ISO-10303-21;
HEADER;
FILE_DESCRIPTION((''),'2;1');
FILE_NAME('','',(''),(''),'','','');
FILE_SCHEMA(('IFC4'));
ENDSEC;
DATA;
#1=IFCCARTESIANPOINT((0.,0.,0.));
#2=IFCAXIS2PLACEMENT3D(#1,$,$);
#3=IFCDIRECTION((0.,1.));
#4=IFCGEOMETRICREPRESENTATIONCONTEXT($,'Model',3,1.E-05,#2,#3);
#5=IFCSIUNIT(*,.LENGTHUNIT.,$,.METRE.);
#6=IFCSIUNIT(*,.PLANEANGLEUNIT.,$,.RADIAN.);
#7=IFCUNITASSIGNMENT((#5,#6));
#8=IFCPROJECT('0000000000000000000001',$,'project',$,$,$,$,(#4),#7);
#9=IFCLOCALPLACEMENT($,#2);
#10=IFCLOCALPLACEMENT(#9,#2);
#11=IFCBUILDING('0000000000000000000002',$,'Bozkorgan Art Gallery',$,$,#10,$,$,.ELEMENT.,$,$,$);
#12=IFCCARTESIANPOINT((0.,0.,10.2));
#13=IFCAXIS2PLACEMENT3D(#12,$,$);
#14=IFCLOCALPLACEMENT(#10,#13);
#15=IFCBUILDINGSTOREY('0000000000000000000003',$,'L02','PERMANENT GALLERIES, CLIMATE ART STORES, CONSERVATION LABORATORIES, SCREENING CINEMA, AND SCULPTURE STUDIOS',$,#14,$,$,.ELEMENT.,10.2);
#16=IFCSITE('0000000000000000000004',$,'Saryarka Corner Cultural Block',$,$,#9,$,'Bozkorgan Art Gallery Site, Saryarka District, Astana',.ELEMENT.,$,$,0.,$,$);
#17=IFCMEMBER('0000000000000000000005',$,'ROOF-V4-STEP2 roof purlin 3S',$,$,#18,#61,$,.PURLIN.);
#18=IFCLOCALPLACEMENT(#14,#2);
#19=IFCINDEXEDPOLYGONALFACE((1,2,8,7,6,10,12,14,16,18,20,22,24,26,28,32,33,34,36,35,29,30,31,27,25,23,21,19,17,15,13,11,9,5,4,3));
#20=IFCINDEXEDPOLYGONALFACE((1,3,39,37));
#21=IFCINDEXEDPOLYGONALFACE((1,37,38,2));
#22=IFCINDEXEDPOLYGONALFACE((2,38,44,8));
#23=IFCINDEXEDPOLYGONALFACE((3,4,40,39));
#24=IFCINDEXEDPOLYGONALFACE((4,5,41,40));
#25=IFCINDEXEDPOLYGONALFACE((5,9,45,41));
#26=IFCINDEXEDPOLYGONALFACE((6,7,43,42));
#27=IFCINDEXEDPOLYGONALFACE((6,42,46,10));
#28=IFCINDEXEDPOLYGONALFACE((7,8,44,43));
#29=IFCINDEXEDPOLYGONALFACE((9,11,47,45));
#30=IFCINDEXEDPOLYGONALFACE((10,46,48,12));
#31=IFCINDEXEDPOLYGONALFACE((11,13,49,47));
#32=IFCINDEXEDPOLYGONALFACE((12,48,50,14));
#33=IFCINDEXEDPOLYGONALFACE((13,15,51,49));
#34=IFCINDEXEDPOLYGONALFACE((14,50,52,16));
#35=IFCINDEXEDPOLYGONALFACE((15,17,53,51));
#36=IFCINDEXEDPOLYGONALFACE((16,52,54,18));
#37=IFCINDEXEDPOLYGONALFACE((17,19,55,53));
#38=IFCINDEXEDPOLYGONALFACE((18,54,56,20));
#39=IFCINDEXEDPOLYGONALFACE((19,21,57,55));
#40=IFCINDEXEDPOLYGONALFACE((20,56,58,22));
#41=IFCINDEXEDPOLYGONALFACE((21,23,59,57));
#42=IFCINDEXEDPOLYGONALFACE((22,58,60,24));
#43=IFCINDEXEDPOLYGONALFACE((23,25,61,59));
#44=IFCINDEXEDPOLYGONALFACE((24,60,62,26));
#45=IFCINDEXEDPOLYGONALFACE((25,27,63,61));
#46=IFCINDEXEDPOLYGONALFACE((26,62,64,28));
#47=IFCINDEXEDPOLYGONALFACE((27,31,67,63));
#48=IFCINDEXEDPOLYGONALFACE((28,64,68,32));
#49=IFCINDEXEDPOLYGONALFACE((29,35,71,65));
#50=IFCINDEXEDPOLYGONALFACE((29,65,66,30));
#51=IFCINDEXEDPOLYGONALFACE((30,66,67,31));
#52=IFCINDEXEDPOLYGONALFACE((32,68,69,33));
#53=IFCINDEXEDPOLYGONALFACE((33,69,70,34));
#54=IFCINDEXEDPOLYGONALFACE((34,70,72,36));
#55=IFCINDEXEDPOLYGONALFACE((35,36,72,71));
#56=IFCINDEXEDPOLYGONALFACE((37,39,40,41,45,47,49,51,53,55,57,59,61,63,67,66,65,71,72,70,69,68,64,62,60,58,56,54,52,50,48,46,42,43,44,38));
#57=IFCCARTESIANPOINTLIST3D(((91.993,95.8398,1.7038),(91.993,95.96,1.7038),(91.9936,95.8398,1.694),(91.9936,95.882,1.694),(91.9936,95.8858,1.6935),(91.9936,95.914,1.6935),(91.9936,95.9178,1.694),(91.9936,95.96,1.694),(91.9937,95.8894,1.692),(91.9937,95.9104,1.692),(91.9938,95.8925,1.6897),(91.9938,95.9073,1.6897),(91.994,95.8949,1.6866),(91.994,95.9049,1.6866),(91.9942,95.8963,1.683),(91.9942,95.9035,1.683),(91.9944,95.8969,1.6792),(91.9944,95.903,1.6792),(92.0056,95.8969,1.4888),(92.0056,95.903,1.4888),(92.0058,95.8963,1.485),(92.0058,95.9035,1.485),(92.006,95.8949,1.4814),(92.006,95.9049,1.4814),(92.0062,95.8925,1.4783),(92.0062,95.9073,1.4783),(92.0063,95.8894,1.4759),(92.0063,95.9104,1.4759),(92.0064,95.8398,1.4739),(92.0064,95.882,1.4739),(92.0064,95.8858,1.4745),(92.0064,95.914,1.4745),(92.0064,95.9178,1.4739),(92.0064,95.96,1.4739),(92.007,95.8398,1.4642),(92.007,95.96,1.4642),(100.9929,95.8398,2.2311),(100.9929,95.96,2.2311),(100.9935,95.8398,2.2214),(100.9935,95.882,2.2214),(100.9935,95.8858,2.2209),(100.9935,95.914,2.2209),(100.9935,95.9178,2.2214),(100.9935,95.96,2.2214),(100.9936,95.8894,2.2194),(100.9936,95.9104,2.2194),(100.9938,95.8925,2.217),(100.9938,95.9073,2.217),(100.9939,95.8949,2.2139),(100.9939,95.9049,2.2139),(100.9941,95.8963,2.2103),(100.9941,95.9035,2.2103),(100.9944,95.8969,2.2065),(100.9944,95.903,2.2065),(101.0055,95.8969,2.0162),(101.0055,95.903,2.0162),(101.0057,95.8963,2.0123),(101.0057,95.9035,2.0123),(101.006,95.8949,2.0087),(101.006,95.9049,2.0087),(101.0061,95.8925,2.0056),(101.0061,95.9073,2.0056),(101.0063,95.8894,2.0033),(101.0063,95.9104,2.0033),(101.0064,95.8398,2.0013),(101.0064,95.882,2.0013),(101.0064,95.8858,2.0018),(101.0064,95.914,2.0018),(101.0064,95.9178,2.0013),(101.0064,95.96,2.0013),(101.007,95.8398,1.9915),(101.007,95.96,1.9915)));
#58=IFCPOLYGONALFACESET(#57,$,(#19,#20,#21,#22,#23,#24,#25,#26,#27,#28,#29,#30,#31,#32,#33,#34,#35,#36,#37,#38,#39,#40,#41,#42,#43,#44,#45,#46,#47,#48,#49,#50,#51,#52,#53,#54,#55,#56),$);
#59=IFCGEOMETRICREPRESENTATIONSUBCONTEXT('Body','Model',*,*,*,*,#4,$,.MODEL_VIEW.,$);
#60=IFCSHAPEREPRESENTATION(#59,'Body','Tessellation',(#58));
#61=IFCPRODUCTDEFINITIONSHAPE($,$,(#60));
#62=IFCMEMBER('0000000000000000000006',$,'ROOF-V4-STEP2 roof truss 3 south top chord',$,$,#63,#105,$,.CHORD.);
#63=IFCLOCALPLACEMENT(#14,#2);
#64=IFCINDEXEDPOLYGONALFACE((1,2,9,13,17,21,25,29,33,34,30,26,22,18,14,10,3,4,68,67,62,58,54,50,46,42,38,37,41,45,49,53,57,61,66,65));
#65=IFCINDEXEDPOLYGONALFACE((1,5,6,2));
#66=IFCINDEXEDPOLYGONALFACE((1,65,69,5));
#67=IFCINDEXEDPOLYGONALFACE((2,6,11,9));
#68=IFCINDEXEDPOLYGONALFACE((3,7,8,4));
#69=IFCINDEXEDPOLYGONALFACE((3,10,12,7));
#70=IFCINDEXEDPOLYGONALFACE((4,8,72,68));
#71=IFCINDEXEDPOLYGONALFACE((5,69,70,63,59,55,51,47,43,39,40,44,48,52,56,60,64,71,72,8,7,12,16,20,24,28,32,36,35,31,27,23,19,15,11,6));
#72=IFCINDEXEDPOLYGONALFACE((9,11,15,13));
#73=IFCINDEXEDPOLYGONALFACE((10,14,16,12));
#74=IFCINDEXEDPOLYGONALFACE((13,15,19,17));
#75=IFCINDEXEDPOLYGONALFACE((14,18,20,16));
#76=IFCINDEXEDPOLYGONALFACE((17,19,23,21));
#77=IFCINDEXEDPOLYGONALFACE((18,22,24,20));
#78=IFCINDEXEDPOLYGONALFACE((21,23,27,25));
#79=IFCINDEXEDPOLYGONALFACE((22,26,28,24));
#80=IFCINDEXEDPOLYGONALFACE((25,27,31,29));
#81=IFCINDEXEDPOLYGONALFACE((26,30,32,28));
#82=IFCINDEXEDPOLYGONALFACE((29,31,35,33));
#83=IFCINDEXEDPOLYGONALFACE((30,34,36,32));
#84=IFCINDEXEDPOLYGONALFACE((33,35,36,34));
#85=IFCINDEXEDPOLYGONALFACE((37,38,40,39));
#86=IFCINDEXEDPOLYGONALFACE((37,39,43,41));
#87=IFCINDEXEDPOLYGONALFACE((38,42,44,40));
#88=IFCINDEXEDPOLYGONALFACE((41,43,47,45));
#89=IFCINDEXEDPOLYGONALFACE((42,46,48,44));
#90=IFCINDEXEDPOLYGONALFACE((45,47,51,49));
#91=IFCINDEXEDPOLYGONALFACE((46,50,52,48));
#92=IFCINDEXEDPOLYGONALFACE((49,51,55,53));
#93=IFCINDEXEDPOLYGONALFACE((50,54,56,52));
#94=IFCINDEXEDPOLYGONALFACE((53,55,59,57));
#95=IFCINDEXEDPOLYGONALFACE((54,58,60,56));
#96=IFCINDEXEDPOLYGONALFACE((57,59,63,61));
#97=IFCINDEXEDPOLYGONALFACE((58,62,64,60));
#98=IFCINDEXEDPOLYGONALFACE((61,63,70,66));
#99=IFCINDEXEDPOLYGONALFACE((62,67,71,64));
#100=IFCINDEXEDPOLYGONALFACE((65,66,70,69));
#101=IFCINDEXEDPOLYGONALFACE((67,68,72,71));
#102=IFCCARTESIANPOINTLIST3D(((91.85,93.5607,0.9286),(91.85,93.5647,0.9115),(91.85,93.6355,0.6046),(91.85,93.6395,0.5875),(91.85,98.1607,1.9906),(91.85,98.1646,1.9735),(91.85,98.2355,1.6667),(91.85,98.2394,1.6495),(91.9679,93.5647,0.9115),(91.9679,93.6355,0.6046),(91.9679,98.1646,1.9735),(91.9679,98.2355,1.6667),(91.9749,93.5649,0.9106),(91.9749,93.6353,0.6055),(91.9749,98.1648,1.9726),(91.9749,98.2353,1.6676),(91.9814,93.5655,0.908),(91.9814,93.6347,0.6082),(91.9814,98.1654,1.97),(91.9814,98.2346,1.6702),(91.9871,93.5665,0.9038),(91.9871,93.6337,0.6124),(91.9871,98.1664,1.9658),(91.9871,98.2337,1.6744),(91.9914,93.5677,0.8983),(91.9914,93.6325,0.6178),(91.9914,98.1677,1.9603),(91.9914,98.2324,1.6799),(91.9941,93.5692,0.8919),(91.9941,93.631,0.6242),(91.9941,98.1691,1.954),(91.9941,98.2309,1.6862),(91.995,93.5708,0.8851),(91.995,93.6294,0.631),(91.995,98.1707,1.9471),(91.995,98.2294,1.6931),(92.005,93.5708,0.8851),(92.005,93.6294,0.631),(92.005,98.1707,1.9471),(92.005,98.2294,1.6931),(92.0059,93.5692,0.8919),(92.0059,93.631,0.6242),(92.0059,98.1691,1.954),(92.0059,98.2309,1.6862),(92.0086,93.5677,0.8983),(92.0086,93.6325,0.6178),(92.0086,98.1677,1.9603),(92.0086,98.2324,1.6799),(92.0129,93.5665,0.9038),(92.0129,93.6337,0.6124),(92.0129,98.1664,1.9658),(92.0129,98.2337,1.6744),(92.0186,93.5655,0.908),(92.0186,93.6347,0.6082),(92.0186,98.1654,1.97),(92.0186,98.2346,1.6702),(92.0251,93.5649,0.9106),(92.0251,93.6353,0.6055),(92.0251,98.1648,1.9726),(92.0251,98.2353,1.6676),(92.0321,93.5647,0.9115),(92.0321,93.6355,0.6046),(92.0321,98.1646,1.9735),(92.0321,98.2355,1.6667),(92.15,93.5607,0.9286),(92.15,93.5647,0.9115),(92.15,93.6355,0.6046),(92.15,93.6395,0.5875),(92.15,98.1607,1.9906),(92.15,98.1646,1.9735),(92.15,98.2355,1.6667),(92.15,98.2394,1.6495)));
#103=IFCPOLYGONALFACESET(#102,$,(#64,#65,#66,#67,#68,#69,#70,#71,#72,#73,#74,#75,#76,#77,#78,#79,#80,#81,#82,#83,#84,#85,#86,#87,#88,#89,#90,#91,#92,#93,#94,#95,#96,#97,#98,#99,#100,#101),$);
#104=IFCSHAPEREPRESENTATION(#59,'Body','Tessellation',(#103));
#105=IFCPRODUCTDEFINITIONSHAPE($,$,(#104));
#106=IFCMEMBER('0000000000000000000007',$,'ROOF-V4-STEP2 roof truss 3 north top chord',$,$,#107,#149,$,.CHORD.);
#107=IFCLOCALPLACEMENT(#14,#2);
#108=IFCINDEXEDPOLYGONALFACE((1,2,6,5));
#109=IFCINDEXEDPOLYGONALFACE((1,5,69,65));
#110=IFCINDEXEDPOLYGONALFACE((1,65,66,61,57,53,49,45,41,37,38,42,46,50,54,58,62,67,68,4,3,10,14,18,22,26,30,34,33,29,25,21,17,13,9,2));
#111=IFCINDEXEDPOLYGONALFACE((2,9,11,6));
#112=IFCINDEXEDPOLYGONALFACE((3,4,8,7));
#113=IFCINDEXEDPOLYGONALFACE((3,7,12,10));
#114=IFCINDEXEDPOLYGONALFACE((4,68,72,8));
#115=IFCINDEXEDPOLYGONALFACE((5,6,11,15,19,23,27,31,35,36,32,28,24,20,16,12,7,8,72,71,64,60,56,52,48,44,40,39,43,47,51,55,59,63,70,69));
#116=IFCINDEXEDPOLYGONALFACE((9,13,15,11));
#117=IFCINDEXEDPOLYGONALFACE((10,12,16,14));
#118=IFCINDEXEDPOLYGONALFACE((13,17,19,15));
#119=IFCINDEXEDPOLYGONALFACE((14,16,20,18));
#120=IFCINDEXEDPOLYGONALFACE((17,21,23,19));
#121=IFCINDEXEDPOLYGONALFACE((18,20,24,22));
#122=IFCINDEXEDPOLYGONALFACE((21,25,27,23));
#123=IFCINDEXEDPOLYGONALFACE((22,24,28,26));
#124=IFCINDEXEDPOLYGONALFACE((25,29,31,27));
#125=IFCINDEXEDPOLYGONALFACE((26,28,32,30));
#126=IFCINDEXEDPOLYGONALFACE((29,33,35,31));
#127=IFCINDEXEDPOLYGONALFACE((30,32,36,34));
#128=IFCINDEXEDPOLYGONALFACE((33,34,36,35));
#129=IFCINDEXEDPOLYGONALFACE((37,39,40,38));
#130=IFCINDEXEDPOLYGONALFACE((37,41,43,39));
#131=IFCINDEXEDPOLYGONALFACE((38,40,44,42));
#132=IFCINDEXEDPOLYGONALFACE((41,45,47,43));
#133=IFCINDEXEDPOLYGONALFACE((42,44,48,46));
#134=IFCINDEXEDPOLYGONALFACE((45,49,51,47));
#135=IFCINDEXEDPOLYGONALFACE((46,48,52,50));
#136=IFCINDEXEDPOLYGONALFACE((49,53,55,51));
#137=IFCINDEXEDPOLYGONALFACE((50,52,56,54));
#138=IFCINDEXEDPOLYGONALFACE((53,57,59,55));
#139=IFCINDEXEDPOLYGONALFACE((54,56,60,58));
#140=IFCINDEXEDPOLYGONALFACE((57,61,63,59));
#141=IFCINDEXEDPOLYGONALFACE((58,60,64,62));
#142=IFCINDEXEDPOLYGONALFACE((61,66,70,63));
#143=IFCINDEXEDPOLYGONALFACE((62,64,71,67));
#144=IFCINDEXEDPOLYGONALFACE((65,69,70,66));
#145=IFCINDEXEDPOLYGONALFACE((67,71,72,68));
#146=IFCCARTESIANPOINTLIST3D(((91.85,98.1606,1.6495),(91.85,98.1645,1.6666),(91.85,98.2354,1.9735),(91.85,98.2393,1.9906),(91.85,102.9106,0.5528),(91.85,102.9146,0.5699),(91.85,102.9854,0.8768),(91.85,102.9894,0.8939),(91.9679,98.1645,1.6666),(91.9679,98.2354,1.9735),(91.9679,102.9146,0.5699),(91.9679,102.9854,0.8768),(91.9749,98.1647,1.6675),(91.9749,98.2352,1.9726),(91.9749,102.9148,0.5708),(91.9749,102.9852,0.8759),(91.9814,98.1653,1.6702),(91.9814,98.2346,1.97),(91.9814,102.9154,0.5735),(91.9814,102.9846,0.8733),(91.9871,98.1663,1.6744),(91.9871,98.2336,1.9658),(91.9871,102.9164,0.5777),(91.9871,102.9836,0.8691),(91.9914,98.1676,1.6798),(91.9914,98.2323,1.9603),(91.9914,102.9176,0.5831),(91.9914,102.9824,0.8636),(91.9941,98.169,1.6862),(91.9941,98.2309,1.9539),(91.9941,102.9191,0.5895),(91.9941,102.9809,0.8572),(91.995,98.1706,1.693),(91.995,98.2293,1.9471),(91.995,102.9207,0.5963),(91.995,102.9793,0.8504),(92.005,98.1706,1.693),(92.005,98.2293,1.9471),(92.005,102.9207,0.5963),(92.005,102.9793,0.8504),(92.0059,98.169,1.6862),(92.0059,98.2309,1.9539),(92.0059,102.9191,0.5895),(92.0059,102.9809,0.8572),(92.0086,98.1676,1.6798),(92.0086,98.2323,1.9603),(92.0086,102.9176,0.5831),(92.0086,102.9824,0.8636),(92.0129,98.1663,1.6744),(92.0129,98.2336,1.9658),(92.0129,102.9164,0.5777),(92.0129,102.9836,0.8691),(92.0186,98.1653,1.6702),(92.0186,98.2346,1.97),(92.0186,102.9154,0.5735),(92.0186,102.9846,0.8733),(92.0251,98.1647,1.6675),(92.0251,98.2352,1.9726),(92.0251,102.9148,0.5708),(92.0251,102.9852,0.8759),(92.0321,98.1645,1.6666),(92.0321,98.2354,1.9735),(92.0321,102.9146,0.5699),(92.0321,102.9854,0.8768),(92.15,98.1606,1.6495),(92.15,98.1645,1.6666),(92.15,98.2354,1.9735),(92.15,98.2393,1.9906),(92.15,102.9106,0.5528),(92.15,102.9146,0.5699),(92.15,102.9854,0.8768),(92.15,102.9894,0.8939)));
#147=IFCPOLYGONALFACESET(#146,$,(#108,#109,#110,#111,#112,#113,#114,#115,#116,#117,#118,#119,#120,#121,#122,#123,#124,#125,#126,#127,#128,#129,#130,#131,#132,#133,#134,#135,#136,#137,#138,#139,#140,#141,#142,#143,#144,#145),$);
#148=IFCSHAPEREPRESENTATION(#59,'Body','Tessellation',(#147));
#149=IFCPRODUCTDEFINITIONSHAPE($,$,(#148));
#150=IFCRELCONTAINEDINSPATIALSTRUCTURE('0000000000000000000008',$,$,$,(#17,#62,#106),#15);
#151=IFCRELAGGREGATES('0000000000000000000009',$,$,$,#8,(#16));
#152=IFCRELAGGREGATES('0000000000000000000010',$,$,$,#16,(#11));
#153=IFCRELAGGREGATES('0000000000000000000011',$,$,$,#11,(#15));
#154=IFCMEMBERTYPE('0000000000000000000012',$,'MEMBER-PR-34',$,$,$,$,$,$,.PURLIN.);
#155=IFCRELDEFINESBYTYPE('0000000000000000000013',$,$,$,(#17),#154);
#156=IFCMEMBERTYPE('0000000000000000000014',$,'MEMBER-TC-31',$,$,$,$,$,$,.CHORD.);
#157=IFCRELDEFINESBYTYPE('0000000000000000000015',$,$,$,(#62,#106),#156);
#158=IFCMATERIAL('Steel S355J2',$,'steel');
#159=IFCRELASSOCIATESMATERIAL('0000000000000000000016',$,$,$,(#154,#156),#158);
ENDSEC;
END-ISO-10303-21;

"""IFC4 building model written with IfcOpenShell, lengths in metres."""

from ifc_helpers import new_model, si_unit, direction, frame, origin, origin_2d, place, context, subcontext, project, spatial, i_section, extrude, material, material_profile, profile_set, type_object, element, save


model = new_model("IFC4")

# Units and contexts
model_context = context("Model", 3, precision=1e-05, world=origin(), true_north=direction((0.0, 1.0)))
body_context = subcontext(model_context, "Body", "Model", "MODEL_VIEW")
ifc_project = project(units=[si_unit("LENGTHUNIT", "METRE"), si_unit("PLANEANGLEUNIT", "RADIAN")], contexts=[model_context])

# Site, building, storey
site_placement = place(None, origin())
site = spatial("IfcSite", under=ifc_project, at=site_placement, Name="Saryarka Corner Cultural Block", LongName="Bozkorgan Art Gallery Site, Saryarka District, Astana", CompositionType="ELEMENT", RefElevation=0.0)
building_placement = place(site_placement, origin())
building = spatial("IfcBuilding", under=site, at=building_placement, Name="Bozkorgan Art Gallery", CompositionType="ELEMENT")
storey_placement = place(building_placement, frame((0.0, 0.0, 10.2)))
storey = spatial("IfcBuildingStorey", under=building, at=storey_placement, Name="L02", Description="PERMANENT GALLERIES, CLIMATE ART STORES, CONSERVATION LABORATORIES, SCREENING CINEMA, AND SCULPTURE STUDIOS", CompositionType="ELEMENT", Elevation=10.2)

# Shared definitions
ifc_material_1 = material(Name="Steel S355J2", Category="steel")

# Members
ifc_material_profile_1 = material_profile(ifc_material_1, i_section(OverallWidth=0.1201, OverallDepth=0.24, WebThickness=0.0061, FlangeThickness=0.0098, FilletRadius=0.0149, at=origin_2d()), Name="IPE 240")
ifc_profile_set_1 = profile_set([ifc_material_profile_1], Name="Steel S355J2")
member_type_1 = type_object("IfcMemberType", Name="MEMBER-PR-34", PredefinedType="PURLIN", material=ifc_profile_set_1)
member_1_placement = place(storey_placement, frame((92.0, 95.8999, 1.584), z_axis=(0.998288, 0.0, 0.058493), x_axis=(0.0, 1.0, 0.0)))
element("IfcMember", 1, at=member_1_placement, inside=storey, type_object=member_type_1, Name="ROOF-V4-STEP2 roof purlin 3S", PredefinedType="PURLIN", context=body_context, shape_type="SweptSolid", body=[
    extrude(i_section(OverallWidth=0.1201, OverallDepth=0.24, WebThickness=0.0061, FlangeThickness=0.0098, FilletRadius=0.0149, at=origin_2d()), origin(), (0.0, 0.0, 1.0), 9.0154),
])
ifc_material_profile_2 = material_profile(ifc_material_1, i_section(OverallWidth=0.3, OverallDepth=0.3501, WebThickness=0.01, FlangeThickness=0.0176, FilletRadius=0.0271, at=origin_2d()), Name="HEA 360")
ifc_profile_set_2 = profile_set([ifc_material_profile_2], Name="Steel S355J2")
member_type_2 = type_object("IfcMemberType", Name="MEMBER-TC-31", PredefinedType="CHORD", material=ifc_profile_set_2)
member_2_placement = place(storey_placement, frame((92.0, 93.6001, 0.7581), z_axis=(0.0, 0.974368, 0.224961), x_axis=(-1.0, 0.0, 0.0)))
element("IfcMember", 2, at=member_2_placement, inside=storey, type_object=member_type_2, Name="ROOF-V4-STEP2 roof truss 3 south top chord", PredefinedType="CHORD", context=body_context, shape_type="SweptSolid", body=[
    extrude(i_section(OverallWidth=0.3, OverallDepth=0.3501, WebThickness=0.01, FlangeThickness=0.0176, FilletRadius=0.0271, at=origin_2d()), origin(), (0.0, 0.0, 1.0), 4.7209),
])
member_3_placement = place(storey_placement, frame((92.0, 98.2, 1.8201), z_axis=(0.0, 0.974368, -0.224962), x_axis=(-1.0, 0.0, 0.0)))
element("IfcMember", 3, at=member_3_placement, inside=storey, type_object=member_type_2, Name="ROOF-V4-STEP2 roof truss 3 north top chord", PredefinedType="CHORD", context=body_context, shape_type="SweptSolid", body=[
    extrude(i_section(OverallWidth=0.3, OverallDepth=0.3501, WebThickness=0.01, FlangeThickness=0.0176, FilletRadius=0.0271, at=origin_2d()), origin(), (0.0, 0.0, 1.0), 4.875),
])

save(model, "model.ifc")
